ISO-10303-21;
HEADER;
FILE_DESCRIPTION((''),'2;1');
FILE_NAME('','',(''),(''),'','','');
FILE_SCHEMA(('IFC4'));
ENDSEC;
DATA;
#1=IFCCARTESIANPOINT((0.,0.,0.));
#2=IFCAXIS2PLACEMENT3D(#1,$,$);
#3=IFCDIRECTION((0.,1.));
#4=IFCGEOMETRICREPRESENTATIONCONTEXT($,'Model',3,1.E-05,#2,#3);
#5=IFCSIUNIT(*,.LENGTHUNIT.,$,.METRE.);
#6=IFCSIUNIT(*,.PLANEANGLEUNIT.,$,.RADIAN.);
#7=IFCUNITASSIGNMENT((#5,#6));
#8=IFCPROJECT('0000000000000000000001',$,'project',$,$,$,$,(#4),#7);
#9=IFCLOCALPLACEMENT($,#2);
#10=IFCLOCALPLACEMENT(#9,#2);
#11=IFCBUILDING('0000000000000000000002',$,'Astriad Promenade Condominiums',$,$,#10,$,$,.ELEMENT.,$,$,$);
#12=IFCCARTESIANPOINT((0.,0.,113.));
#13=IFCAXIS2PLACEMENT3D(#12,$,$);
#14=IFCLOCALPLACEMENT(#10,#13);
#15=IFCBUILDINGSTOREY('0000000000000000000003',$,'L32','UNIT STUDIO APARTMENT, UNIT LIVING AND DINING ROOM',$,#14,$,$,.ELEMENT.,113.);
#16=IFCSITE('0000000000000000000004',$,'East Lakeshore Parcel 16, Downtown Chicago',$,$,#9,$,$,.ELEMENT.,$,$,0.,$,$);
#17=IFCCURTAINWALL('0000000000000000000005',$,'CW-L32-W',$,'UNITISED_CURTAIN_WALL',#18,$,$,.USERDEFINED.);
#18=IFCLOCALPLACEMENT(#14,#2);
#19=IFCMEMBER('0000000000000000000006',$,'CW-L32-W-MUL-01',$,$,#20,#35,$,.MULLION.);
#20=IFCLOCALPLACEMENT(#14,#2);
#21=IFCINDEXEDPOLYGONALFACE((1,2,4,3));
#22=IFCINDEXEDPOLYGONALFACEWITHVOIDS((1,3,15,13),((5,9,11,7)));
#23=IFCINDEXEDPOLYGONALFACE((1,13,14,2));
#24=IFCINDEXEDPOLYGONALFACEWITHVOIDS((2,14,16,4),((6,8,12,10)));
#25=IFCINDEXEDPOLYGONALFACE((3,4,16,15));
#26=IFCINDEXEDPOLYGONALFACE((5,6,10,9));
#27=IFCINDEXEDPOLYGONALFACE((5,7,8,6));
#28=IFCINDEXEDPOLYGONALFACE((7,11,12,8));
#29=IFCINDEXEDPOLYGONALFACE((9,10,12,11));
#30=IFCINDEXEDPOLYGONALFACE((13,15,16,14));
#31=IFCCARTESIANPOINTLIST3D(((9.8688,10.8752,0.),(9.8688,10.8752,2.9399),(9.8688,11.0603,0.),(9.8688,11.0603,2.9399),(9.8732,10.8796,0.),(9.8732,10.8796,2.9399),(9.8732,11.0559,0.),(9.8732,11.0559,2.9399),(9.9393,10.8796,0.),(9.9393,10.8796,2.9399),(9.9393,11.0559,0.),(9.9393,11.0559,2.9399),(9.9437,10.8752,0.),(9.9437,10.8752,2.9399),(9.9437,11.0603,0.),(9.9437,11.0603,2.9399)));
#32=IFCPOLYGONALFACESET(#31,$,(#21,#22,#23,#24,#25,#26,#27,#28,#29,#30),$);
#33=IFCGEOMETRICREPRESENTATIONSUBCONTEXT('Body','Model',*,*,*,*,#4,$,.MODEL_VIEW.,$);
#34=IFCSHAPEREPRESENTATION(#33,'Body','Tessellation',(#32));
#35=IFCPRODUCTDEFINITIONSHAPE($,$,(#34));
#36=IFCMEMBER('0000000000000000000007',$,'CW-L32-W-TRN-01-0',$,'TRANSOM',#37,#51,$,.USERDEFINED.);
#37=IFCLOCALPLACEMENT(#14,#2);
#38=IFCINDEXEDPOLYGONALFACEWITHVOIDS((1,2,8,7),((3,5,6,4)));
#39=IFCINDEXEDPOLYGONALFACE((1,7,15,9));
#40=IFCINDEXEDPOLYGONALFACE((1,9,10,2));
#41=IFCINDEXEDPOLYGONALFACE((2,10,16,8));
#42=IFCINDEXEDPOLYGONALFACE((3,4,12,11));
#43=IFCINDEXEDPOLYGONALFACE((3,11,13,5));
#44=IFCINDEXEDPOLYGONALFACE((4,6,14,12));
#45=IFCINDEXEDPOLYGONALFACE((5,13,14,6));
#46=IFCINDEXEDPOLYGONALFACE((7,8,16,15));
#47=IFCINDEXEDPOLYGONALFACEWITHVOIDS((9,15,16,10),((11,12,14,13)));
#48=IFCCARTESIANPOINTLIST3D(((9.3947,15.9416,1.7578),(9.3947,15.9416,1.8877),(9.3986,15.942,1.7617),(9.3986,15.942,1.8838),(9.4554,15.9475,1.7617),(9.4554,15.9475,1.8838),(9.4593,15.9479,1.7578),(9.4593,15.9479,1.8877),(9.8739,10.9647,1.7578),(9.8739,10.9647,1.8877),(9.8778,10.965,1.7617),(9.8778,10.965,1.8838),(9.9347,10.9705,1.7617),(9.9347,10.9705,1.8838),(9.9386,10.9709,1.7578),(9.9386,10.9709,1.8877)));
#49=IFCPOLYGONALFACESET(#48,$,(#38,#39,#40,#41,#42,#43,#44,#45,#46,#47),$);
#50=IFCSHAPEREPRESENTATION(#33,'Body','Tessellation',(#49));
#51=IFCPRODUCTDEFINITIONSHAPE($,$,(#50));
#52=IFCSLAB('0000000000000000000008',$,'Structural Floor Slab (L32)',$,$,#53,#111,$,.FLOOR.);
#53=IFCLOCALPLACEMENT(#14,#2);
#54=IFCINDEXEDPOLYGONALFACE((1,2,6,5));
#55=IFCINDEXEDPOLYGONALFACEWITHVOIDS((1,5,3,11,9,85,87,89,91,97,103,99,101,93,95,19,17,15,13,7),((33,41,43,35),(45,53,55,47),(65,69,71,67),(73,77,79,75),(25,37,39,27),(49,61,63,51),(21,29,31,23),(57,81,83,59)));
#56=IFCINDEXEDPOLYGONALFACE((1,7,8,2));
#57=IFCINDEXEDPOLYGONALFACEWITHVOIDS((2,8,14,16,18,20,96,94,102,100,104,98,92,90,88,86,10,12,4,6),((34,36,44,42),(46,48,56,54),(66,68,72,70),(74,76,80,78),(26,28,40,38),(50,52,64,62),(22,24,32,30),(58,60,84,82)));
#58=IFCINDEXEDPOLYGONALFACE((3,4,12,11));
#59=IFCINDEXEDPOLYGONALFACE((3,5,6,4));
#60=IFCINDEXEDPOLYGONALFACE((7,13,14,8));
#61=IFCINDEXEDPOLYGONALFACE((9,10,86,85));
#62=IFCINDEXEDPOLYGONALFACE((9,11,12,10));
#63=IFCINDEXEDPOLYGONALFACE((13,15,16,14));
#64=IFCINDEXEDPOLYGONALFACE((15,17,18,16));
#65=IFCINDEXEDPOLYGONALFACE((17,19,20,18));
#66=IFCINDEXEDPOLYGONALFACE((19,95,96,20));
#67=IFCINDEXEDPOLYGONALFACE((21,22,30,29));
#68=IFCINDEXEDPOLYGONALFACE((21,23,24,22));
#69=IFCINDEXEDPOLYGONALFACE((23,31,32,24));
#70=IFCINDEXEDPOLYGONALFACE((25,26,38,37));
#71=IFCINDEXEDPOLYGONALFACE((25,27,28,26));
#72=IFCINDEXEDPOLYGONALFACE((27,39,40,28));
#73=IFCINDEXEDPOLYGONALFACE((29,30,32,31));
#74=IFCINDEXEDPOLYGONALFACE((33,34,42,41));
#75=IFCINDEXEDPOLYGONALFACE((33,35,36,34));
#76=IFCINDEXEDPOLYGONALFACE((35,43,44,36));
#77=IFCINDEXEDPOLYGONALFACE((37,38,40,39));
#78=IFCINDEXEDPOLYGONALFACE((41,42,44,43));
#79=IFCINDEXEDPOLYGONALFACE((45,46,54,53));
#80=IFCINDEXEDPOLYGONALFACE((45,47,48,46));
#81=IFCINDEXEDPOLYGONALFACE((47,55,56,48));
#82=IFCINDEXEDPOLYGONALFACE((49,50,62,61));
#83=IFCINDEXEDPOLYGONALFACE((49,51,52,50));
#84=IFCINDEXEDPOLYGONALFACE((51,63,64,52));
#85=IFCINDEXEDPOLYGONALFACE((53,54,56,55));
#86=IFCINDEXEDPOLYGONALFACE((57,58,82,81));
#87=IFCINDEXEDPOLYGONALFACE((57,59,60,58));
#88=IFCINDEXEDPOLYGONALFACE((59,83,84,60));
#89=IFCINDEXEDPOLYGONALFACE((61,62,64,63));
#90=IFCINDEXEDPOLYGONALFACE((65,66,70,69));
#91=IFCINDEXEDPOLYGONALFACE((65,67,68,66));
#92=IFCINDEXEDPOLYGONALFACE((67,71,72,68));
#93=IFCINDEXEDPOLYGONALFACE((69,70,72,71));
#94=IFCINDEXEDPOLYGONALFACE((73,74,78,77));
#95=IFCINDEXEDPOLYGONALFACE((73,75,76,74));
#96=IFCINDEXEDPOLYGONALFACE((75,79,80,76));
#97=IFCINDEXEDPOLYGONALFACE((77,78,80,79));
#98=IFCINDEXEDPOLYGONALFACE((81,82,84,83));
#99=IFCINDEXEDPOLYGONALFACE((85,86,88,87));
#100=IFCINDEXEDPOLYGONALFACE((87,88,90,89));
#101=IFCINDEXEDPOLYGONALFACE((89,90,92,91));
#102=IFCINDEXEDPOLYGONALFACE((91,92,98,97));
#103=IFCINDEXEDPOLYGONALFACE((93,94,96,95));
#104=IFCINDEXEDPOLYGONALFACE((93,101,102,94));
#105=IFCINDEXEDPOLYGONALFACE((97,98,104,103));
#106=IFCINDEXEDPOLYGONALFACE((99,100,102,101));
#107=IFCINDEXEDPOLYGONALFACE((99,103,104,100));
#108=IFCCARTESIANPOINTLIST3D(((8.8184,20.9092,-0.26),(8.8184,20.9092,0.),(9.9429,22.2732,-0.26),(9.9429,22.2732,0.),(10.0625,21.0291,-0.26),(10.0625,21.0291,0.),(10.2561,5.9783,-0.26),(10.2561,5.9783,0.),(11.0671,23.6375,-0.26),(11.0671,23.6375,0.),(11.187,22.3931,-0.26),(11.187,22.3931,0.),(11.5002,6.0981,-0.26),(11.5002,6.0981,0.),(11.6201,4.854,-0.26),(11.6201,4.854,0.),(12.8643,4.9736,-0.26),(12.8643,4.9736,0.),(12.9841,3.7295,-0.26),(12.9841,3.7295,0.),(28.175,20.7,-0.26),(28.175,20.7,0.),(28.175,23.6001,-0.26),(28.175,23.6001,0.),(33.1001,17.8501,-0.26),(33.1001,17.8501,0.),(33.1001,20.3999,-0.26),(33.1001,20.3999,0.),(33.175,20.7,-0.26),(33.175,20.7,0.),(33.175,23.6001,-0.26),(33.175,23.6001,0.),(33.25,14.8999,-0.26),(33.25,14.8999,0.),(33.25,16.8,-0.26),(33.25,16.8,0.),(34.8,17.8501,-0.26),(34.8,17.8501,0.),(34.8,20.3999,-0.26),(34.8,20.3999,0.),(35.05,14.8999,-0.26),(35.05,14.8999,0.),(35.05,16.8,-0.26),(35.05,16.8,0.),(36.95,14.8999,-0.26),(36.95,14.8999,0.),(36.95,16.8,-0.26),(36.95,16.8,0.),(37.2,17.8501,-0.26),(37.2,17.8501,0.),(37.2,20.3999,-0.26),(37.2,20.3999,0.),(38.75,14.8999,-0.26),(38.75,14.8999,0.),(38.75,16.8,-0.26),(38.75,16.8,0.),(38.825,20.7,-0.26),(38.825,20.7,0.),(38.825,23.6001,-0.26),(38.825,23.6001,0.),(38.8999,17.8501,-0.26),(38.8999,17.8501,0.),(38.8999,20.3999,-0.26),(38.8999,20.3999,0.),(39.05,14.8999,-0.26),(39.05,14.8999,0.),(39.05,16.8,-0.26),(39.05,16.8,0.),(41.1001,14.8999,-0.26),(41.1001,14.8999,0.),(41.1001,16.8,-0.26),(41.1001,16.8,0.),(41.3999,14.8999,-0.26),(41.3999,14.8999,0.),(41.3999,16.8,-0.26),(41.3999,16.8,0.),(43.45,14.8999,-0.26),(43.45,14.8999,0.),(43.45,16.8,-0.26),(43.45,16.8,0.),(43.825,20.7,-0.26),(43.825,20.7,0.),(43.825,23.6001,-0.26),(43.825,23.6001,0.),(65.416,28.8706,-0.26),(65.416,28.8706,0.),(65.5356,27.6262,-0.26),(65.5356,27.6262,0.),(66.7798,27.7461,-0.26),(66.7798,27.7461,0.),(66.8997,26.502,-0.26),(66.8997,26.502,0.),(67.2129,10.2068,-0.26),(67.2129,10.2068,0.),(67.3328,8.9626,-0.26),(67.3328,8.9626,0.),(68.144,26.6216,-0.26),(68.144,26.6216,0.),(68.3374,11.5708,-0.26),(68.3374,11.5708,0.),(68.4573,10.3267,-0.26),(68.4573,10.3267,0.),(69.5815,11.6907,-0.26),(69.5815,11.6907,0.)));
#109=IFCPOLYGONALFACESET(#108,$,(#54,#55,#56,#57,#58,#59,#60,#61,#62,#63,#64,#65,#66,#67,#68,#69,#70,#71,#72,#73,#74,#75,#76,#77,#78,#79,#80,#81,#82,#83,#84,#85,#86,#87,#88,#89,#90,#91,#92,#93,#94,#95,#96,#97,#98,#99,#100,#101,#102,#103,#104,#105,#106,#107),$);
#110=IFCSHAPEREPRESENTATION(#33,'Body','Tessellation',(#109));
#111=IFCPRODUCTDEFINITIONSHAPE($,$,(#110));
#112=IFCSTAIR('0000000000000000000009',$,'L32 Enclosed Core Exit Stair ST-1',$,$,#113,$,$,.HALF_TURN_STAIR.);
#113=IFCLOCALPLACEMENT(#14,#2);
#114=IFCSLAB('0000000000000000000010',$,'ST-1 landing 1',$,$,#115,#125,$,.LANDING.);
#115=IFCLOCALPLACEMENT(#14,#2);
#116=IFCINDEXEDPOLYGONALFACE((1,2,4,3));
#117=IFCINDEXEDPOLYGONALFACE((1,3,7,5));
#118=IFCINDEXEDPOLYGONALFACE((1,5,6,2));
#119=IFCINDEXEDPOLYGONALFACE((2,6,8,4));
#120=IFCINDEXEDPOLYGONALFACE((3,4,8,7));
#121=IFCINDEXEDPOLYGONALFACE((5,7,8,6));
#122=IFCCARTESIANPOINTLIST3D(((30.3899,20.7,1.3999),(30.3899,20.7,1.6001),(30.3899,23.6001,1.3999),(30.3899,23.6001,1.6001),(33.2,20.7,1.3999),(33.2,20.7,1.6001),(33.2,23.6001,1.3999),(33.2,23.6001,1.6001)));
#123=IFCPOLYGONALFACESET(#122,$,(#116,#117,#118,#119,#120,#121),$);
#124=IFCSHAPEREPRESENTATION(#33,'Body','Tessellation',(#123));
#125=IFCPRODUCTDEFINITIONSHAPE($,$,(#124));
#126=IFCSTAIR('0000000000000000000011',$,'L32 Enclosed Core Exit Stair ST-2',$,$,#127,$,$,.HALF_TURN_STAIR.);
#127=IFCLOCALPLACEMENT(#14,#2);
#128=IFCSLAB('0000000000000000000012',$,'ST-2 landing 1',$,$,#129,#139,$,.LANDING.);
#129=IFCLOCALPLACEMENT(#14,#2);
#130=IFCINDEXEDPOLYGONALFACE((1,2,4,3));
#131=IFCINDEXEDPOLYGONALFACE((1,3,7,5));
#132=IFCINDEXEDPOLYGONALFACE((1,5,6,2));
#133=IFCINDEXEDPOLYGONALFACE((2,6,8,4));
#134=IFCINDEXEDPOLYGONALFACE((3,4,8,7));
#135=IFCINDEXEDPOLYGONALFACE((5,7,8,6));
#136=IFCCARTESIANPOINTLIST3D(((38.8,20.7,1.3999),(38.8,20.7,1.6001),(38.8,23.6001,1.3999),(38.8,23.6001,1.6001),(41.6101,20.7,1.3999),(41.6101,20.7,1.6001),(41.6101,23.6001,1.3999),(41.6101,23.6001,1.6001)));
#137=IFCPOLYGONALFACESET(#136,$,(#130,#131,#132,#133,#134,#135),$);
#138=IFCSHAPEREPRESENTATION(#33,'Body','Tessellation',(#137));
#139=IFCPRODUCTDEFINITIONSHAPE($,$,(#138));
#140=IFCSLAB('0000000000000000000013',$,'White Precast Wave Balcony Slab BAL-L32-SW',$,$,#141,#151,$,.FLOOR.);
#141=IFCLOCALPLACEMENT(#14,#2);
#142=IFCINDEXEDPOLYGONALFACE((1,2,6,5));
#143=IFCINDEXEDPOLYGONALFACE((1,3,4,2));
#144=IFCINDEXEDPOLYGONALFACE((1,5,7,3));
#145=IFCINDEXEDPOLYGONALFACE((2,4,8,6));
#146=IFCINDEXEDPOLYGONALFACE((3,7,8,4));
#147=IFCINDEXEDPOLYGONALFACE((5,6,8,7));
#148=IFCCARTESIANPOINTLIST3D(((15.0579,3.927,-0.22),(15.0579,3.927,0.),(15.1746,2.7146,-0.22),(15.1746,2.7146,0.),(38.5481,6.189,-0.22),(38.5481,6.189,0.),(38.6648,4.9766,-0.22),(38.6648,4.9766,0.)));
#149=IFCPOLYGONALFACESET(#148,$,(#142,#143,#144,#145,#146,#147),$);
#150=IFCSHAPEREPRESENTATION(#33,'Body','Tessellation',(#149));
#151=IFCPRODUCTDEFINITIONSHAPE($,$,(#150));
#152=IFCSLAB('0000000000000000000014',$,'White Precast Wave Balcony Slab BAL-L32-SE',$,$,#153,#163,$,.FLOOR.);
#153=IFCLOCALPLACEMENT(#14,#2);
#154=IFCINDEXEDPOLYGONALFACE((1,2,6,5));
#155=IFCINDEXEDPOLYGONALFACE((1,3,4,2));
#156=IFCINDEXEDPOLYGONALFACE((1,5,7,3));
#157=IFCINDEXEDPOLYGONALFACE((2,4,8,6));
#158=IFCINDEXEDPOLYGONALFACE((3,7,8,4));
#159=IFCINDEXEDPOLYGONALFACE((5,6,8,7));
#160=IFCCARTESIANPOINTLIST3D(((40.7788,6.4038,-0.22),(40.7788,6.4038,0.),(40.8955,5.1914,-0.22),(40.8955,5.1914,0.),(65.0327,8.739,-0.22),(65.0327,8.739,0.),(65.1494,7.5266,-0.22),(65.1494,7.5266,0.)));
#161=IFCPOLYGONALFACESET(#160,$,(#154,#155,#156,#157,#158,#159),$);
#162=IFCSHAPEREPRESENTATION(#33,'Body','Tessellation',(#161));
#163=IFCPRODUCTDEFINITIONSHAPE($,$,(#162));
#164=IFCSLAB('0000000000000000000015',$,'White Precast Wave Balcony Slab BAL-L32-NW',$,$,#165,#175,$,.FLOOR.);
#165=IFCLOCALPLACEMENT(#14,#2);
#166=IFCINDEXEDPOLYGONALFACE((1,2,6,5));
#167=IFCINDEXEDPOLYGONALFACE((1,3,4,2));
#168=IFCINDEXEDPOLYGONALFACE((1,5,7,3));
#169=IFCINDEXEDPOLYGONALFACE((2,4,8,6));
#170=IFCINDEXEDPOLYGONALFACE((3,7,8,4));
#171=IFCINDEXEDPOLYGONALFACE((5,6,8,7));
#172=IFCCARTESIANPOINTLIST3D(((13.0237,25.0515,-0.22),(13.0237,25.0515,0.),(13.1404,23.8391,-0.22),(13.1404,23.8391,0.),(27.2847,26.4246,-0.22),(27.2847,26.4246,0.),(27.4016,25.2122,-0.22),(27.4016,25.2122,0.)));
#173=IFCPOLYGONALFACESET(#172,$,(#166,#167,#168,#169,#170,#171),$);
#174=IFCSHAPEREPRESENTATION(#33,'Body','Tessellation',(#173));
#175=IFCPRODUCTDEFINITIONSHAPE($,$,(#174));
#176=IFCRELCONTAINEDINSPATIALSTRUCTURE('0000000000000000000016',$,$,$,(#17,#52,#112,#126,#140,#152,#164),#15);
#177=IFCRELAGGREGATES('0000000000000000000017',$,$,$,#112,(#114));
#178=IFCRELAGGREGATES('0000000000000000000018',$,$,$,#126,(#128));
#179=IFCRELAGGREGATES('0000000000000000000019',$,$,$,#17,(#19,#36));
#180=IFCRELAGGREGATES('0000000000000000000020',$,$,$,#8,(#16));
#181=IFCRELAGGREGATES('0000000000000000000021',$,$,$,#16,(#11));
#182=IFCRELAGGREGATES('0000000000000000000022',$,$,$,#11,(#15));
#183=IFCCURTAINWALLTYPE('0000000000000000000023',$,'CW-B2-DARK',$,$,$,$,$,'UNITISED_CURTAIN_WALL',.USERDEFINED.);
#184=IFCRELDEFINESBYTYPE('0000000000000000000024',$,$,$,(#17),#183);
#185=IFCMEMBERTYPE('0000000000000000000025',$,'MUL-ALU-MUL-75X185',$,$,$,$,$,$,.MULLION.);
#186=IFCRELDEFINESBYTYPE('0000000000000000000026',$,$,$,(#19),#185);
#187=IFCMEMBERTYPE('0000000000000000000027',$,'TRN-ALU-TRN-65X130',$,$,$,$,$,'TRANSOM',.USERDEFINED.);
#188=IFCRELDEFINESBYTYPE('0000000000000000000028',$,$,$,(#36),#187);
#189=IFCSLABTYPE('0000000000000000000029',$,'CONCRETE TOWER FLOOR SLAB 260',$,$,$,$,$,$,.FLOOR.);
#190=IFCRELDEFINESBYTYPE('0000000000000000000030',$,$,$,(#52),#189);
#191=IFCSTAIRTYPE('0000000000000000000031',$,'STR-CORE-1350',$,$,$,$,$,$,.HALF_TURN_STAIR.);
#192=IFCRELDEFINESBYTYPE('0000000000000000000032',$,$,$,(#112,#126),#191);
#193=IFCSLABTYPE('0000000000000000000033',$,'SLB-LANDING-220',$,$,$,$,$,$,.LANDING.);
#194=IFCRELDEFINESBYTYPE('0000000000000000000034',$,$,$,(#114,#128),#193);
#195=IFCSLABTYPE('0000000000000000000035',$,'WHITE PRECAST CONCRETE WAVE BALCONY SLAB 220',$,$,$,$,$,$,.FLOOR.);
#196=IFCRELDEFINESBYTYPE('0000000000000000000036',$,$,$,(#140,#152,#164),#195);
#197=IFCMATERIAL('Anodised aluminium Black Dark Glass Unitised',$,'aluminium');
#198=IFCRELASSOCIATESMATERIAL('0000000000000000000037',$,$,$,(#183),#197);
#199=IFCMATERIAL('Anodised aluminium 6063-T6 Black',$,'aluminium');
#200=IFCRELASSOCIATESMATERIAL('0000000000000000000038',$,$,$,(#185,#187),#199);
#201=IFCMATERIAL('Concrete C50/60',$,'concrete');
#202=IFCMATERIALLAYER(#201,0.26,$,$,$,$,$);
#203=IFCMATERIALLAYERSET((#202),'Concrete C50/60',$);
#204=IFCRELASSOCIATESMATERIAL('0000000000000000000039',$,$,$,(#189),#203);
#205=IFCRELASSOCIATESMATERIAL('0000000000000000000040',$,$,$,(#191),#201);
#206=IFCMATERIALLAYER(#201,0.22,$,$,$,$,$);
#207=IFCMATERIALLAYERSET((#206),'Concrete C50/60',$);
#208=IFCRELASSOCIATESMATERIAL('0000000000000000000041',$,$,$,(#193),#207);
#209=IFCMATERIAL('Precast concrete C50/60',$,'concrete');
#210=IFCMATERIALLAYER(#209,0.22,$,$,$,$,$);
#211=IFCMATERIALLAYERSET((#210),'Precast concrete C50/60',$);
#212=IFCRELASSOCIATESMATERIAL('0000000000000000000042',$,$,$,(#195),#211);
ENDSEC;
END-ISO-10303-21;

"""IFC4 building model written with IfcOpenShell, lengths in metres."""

from ifc_helpers import new_model, si_unit, direction, frame, origin, origin_2d, place, context, subcontext, project, spatial, polyline, hollow_rectangle, outline, extrude, source, transform, mapped, material, layer, layer_set, material_profile, profile_set, type_object, type_shapes, element, aggregate, save


model = new_model("IFC4")

# Units and contexts
model_context = context("Model", 3, precision=1e-05, world=origin(), true_north=direction((0.0, 1.0)))
body_context = subcontext(model_context, "Body", "Model", "MODEL_VIEW")
ifc_project = project(units=[si_unit("LENGTHUNIT", "METRE"), si_unit("PLANEANGLEUNIT", "RADIAN")], contexts=[model_context])

# Site, building, storey
site_placement = place(None, origin())
site = spatial("IfcSite", under=ifc_project, at=site_placement, Name="East Lakeshore Parcel 16, Downtown Chicago", CompositionType="ELEMENT", RefElevation=0.0)
building_placement = place(site_placement, origin())
building = spatial("IfcBuilding", under=site, at=building_placement, Name="Astriad Promenade Condominiums", CompositionType="ELEMENT")
storey_placement = place(building_placement, frame((0.0, 0.0, 113.0)))
storey = spatial("IfcBuildingStorey", under=building, at=storey_placement, Name="L32", Description="UNIT STUDIO APARTMENT, UNIT LIVING AND DINING ROOM", CompositionType="ELEMENT", Elevation=113.0)

# Curtain wall, members
ifc_material_1 = material(Name="Anodised aluminium Black Dark Glass Unitised", Category="aluminium")
curtain_wall_type = type_object("IfcCurtainWallType", Name="CW-B2-DARK", ElementType="UNITISED_CURTAIN_WALL", PredefinedType="USERDEFINED", material=ifc_material_1)
curtain_wall_placement = place(storey_placement, origin())
curtain_wall = element("IfcCurtainWall", 1, at=curtain_wall_placement, inside=storey, type_object=curtain_wall_type, Name="CW-L32-W", ObjectType="UNITISED_CURTAIN_WALL", PredefinedType="USERDEFINED")
ifc_material_2 = material(Name="Anodised aluminium 6063-T6 Black", Category="aluminium")
ifc_material_profile_1 = material_profile(ifc_material_2, hollow_rectangle(XDim=0.075, YDim=0.1851, WallThickness=0.0044, at=origin_2d()), Name="ALU-MUL-75X185")
ifc_profile_set_1 = profile_set([ifc_material_profile_1], Name="Anodised aluminium 6063-T6 Black")
member_type_1 = type_object("IfcMemberType", Name="MUL-ALU-MUL-75X185", PredefinedType="MULLION", material=ifc_profile_set_1)
shared_shape_1 = source(origin(), body_context, "Body", "SweptSolid", [
    extrude(hollow_rectangle(XDim=0.075, YDim=0.1851, WallThickness=0.0044, at=origin_2d()), origin(), (0.0, 0.0, 1.0), 2.9399),
])
type_shapes(member_type_1, [shared_shape_1])
member_1_placement = place(storey_placement, frame((9.9062, 10.9678, 0.0), z_axis=(0.0, 0.0, 1.0), x_axis=(1.0, 0.0, 0.0)))
member_1 = element("IfcMember", 2, at=member_1_placement, type_object=member_type_1, Name="CW-L32-W-MUL-01", PredefinedType="MULLION", context=body_context, shape_type="MappedRepresentation", body=[
    mapped(shared_shape_1, transform((0.0, 0.0, 0.0), scale=1.0)),
])
ifc_material_profile_2 = material_profile(ifc_material_2, hollow_rectangle(XDim=0.0649, YDim=0.1299, WallThickness=0.0039, at=origin_2d()), Name="ALU-TRN-65X130")
ifc_profile_set_2 = profile_set([ifc_material_profile_2], Name="Anodised aluminium 6063-T6 Black")
member_type_2 = type_object("IfcMemberType", Name="TRN-ALU-TRN-65X130", ElementType="TRANSOM", PredefinedType="USERDEFINED", material=ifc_profile_set_2)
shared_shape_2 = source(origin(), body_context, "Body", "SweptSolid", [
    extrude(hollow_rectangle(XDim=0.0649, YDim=0.1299, WallThickness=0.0039, at=origin_2d()), origin(), (0.0, 0.0, 1.0), 5.0),
])
type_shapes(member_type_2, [shared_shape_2])
member_2_placement = place(storey_placement, frame((9.9062, 10.9678, 1.8228), z_axis=(-0.095848, 0.995396, 0.0), x_axis=(-0.995396, -0.095848, 0.0)))
member_2 = element("IfcMember", 3, at=member_2_placement, type_object=member_type_2, Name="CW-L32-W-TRN-01-0", ObjectType="TRANSOM", PredefinedType="USERDEFINED", context=body_context, shape_type="MappedRepresentation", body=[
    mapped(shared_shape_2, transform((0.0, 0.0, 0.0), scale=1.0)),
])

# Slab
ifc_material_3 = material(Name="Concrete C50/60", Category="concrete")
ifc_layer_1 = layer(ifc_material_3, 0.26)
ifc_layer_set_1 = layer_set([ifc_layer_1], Name="Concrete C50/60")
slab_type_1 = type_object("IfcSlabType", Name="CONCRETE TOWER FLOOR SLAB 260", PredefinedType="FLOOR", material=ifc_layer_set_1)
slab_1_placement = place(storey_placement, frame((0.0, 0.0, -0.26)))
element("IfcSlab", 4, at=slab_1_placement, inside=storey, type_object=slab_type_1, Name="Structural Floor Slab (L32)", PredefinedType="FLOOR", context=body_context, shape_type="SweptSolid", body=[
    extrude(outline(polyline([(12.9841, 3.7295), (67.3328, 8.9626), (67.2129, 10.2068), (68.4573, 10.3267), (68.3374, 11.5708), (69.5815, 11.6907), (68.144, 26.6216), (66.8997, 26.502), (66.7798, 27.7461), (65.5356, 27.6262), (65.416, 28.8706), (11.0671, 23.6375), (11.187, 22.3931), (9.9429, 22.2732), (10.0625, 21.0291), (8.8184, 20.9092), (10.2561, 5.9783), (11.5002, 6.0981), (11.6201, 4.854), (12.8643, 4.9736), (12.9841, 3.7295)]), holes=[polyline([(28.175, 20.7), (33.175, 20.7), (33.175, 23.6001), (28.175, 23.6001), (28.175, 20.7)]), polyline([(38.825, 20.7), (43.825, 20.7), (43.825, 23.6001), (38.825, 23.6001), (38.825, 20.7)]), polyline([(33.1001, 17.8501), (34.8, 17.8501), (34.8, 20.3999), (33.1001, 20.3999), (33.1001, 17.8501)]), polyline([(37.2, 17.8501), (38.8999, 17.8501), (38.8999, 20.3999), (37.2, 20.3999), (37.2, 17.8501)]), polyline([(33.25, 14.8999), (35.05, 14.8999), (35.05, 16.8), (33.25, 16.8), (33.25, 14.8999)]), polyline([(36.95, 14.8999), (38.75, 14.8999), (38.75, 16.8), (36.95, 16.8), (36.95, 14.8999)]), polyline([(39.05, 14.8999), (41.1001, 14.8999), (41.1001, 16.8), (39.05, 16.8), (39.05, 14.8999)]), polyline([(41.3999, 14.8999), (43.45, 14.8999), (43.45, 16.8), (41.3999, 16.8), (41.3999, 14.8999)])]), origin(), (0.0, 0.0, 1.0), 0.26),
])

# Stairs, slabs
stair_type = type_object("IfcStairType", Name="STR-CORE-1350", PredefinedType="HALF_TURN_STAIR", material=ifc_material_3)
stair_1_placement = place(storey_placement, origin())
stair_1 = element("IfcStair", 5, at=stair_1_placement, inside=storey, type_object=stair_type, Name="L32 Enclosed Core Exit Stair ST-1", PredefinedType="HALF_TURN_STAIR")
ifc_layer_2 = layer(ifc_material_3, 0.22)
ifc_layer_set_2 = layer_set([ifc_layer_2], Name="Concrete C50/60")
slab_type_2 = type_object("IfcSlabType", Name="SLB-LANDING-220", PredefinedType="LANDING", material=ifc_layer_set_2)
slab_2_placement = place(storey_placement, frame((0.0, 0.0, 1.3999)))
slab_2 = element("IfcSlab", 6, at=slab_2_placement, type_object=slab_type_2, Name="ST-1 landing 1", PredefinedType="LANDING", context=body_context, shape_type="SweptSolid", body=[
    extrude(outline(polyline([(30.3899, 20.7), (33.2, 20.7), (33.2, 23.6001), (30.3899, 23.6001), (30.3899, 20.7)])), origin(), (0.0, 0.0, 1.0), 0.2002),
])
aggregate(stair_1, [slab_2])
stair_2_placement = place(storey_placement, origin())
stair_2 = element("IfcStair", 7, at=stair_2_placement, inside=storey, type_object=stair_type, Name="L32 Enclosed Core Exit Stair ST-2", PredefinedType="HALF_TURN_STAIR")
slab_3_placement = place(storey_placement, frame((0.0, 0.0, 1.3999)))
slab_3 = element("IfcSlab", 8, at=slab_3_placement, type_object=slab_type_2, Name="ST-2 landing 1", PredefinedType="LANDING", context=body_context, shape_type="SweptSolid", body=[
    extrude(outline(polyline([(41.6101, 23.6001), (38.8, 23.6001), (38.8, 20.7), (41.6101, 20.7), (41.6101, 23.6001)])), origin(), (0.0, 0.0, 1.0), 0.2002),
])
aggregate(stair_2, [slab_3])

# Slabs
ifc_material_4 = material(Name="Precast concrete C50/60", Category="concrete")
ifc_layer_3 = layer(ifc_material_4, 0.22)
ifc_layer_set_3 = layer_set([ifc_layer_3], Name="Precast concrete C50/60")
slab_type_3 = type_object("IfcSlabType", Name="WHITE PRECAST CONCRETE WAVE BALCONY SLAB 220", PredefinedType="FLOOR", material=ifc_layer_set_3)
slab_4_placement = place(storey_placement, frame((0.0, 0.0, -0.22)))
element("IfcSlab", 9, at=slab_4_placement, inside=storey, type_object=slab_type_3, Name="White Precast Wave Balcony Slab BAL-L32-SW", PredefinedType="FLOOR", context=body_context, shape_type="SweptSolid", body=[
    extrude(outline(polyline([(38.6648, 4.9766), (15.1746, 2.7146), (15.0579, 3.927), (38.5481, 6.189), (38.6648, 4.9766)])), origin(), (0.0, 0.0, 1.0), 0.22),
])
slab_5_placement = place(storey_placement, frame((0.0, 0.0, -0.22)))
element("IfcSlab", 10, at=slab_5_placement, inside=storey, type_object=slab_type_3, Name="White Precast Wave Balcony Slab BAL-L32-SE", PredefinedType="FLOOR", context=body_context, shape_type="SweptSolid", body=[
    extrude(outline(polyline([(65.1494, 7.5266), (40.8955, 5.1914), (40.7788, 6.4038), (65.0327, 8.739), (65.1494, 7.5266)])), origin(), (0.0, 0.0, 1.0), 0.22),
])
slab_6_placement = place(storey_placement, frame((0.0, 0.0, -0.22)))
element("IfcSlab", 11, at=slab_6_placement, inside=storey, type_object=slab_type_3, Name="White Precast Wave Balcony Slab BAL-L32-NW", PredefinedType="FLOOR", context=body_context, shape_type="SweptSolid", body=[
    extrude(outline(polyline([(13.0237, 25.0515), (27.2847, 26.4246), (27.4016, 25.2122), (13.1404, 23.8391), (13.0237, 25.0515)])), origin(), (0.0, 0.0, 1.0), 0.22),
])

aggregate(curtain_wall, [member_1, member_2])

save(model, "model.ifc")
